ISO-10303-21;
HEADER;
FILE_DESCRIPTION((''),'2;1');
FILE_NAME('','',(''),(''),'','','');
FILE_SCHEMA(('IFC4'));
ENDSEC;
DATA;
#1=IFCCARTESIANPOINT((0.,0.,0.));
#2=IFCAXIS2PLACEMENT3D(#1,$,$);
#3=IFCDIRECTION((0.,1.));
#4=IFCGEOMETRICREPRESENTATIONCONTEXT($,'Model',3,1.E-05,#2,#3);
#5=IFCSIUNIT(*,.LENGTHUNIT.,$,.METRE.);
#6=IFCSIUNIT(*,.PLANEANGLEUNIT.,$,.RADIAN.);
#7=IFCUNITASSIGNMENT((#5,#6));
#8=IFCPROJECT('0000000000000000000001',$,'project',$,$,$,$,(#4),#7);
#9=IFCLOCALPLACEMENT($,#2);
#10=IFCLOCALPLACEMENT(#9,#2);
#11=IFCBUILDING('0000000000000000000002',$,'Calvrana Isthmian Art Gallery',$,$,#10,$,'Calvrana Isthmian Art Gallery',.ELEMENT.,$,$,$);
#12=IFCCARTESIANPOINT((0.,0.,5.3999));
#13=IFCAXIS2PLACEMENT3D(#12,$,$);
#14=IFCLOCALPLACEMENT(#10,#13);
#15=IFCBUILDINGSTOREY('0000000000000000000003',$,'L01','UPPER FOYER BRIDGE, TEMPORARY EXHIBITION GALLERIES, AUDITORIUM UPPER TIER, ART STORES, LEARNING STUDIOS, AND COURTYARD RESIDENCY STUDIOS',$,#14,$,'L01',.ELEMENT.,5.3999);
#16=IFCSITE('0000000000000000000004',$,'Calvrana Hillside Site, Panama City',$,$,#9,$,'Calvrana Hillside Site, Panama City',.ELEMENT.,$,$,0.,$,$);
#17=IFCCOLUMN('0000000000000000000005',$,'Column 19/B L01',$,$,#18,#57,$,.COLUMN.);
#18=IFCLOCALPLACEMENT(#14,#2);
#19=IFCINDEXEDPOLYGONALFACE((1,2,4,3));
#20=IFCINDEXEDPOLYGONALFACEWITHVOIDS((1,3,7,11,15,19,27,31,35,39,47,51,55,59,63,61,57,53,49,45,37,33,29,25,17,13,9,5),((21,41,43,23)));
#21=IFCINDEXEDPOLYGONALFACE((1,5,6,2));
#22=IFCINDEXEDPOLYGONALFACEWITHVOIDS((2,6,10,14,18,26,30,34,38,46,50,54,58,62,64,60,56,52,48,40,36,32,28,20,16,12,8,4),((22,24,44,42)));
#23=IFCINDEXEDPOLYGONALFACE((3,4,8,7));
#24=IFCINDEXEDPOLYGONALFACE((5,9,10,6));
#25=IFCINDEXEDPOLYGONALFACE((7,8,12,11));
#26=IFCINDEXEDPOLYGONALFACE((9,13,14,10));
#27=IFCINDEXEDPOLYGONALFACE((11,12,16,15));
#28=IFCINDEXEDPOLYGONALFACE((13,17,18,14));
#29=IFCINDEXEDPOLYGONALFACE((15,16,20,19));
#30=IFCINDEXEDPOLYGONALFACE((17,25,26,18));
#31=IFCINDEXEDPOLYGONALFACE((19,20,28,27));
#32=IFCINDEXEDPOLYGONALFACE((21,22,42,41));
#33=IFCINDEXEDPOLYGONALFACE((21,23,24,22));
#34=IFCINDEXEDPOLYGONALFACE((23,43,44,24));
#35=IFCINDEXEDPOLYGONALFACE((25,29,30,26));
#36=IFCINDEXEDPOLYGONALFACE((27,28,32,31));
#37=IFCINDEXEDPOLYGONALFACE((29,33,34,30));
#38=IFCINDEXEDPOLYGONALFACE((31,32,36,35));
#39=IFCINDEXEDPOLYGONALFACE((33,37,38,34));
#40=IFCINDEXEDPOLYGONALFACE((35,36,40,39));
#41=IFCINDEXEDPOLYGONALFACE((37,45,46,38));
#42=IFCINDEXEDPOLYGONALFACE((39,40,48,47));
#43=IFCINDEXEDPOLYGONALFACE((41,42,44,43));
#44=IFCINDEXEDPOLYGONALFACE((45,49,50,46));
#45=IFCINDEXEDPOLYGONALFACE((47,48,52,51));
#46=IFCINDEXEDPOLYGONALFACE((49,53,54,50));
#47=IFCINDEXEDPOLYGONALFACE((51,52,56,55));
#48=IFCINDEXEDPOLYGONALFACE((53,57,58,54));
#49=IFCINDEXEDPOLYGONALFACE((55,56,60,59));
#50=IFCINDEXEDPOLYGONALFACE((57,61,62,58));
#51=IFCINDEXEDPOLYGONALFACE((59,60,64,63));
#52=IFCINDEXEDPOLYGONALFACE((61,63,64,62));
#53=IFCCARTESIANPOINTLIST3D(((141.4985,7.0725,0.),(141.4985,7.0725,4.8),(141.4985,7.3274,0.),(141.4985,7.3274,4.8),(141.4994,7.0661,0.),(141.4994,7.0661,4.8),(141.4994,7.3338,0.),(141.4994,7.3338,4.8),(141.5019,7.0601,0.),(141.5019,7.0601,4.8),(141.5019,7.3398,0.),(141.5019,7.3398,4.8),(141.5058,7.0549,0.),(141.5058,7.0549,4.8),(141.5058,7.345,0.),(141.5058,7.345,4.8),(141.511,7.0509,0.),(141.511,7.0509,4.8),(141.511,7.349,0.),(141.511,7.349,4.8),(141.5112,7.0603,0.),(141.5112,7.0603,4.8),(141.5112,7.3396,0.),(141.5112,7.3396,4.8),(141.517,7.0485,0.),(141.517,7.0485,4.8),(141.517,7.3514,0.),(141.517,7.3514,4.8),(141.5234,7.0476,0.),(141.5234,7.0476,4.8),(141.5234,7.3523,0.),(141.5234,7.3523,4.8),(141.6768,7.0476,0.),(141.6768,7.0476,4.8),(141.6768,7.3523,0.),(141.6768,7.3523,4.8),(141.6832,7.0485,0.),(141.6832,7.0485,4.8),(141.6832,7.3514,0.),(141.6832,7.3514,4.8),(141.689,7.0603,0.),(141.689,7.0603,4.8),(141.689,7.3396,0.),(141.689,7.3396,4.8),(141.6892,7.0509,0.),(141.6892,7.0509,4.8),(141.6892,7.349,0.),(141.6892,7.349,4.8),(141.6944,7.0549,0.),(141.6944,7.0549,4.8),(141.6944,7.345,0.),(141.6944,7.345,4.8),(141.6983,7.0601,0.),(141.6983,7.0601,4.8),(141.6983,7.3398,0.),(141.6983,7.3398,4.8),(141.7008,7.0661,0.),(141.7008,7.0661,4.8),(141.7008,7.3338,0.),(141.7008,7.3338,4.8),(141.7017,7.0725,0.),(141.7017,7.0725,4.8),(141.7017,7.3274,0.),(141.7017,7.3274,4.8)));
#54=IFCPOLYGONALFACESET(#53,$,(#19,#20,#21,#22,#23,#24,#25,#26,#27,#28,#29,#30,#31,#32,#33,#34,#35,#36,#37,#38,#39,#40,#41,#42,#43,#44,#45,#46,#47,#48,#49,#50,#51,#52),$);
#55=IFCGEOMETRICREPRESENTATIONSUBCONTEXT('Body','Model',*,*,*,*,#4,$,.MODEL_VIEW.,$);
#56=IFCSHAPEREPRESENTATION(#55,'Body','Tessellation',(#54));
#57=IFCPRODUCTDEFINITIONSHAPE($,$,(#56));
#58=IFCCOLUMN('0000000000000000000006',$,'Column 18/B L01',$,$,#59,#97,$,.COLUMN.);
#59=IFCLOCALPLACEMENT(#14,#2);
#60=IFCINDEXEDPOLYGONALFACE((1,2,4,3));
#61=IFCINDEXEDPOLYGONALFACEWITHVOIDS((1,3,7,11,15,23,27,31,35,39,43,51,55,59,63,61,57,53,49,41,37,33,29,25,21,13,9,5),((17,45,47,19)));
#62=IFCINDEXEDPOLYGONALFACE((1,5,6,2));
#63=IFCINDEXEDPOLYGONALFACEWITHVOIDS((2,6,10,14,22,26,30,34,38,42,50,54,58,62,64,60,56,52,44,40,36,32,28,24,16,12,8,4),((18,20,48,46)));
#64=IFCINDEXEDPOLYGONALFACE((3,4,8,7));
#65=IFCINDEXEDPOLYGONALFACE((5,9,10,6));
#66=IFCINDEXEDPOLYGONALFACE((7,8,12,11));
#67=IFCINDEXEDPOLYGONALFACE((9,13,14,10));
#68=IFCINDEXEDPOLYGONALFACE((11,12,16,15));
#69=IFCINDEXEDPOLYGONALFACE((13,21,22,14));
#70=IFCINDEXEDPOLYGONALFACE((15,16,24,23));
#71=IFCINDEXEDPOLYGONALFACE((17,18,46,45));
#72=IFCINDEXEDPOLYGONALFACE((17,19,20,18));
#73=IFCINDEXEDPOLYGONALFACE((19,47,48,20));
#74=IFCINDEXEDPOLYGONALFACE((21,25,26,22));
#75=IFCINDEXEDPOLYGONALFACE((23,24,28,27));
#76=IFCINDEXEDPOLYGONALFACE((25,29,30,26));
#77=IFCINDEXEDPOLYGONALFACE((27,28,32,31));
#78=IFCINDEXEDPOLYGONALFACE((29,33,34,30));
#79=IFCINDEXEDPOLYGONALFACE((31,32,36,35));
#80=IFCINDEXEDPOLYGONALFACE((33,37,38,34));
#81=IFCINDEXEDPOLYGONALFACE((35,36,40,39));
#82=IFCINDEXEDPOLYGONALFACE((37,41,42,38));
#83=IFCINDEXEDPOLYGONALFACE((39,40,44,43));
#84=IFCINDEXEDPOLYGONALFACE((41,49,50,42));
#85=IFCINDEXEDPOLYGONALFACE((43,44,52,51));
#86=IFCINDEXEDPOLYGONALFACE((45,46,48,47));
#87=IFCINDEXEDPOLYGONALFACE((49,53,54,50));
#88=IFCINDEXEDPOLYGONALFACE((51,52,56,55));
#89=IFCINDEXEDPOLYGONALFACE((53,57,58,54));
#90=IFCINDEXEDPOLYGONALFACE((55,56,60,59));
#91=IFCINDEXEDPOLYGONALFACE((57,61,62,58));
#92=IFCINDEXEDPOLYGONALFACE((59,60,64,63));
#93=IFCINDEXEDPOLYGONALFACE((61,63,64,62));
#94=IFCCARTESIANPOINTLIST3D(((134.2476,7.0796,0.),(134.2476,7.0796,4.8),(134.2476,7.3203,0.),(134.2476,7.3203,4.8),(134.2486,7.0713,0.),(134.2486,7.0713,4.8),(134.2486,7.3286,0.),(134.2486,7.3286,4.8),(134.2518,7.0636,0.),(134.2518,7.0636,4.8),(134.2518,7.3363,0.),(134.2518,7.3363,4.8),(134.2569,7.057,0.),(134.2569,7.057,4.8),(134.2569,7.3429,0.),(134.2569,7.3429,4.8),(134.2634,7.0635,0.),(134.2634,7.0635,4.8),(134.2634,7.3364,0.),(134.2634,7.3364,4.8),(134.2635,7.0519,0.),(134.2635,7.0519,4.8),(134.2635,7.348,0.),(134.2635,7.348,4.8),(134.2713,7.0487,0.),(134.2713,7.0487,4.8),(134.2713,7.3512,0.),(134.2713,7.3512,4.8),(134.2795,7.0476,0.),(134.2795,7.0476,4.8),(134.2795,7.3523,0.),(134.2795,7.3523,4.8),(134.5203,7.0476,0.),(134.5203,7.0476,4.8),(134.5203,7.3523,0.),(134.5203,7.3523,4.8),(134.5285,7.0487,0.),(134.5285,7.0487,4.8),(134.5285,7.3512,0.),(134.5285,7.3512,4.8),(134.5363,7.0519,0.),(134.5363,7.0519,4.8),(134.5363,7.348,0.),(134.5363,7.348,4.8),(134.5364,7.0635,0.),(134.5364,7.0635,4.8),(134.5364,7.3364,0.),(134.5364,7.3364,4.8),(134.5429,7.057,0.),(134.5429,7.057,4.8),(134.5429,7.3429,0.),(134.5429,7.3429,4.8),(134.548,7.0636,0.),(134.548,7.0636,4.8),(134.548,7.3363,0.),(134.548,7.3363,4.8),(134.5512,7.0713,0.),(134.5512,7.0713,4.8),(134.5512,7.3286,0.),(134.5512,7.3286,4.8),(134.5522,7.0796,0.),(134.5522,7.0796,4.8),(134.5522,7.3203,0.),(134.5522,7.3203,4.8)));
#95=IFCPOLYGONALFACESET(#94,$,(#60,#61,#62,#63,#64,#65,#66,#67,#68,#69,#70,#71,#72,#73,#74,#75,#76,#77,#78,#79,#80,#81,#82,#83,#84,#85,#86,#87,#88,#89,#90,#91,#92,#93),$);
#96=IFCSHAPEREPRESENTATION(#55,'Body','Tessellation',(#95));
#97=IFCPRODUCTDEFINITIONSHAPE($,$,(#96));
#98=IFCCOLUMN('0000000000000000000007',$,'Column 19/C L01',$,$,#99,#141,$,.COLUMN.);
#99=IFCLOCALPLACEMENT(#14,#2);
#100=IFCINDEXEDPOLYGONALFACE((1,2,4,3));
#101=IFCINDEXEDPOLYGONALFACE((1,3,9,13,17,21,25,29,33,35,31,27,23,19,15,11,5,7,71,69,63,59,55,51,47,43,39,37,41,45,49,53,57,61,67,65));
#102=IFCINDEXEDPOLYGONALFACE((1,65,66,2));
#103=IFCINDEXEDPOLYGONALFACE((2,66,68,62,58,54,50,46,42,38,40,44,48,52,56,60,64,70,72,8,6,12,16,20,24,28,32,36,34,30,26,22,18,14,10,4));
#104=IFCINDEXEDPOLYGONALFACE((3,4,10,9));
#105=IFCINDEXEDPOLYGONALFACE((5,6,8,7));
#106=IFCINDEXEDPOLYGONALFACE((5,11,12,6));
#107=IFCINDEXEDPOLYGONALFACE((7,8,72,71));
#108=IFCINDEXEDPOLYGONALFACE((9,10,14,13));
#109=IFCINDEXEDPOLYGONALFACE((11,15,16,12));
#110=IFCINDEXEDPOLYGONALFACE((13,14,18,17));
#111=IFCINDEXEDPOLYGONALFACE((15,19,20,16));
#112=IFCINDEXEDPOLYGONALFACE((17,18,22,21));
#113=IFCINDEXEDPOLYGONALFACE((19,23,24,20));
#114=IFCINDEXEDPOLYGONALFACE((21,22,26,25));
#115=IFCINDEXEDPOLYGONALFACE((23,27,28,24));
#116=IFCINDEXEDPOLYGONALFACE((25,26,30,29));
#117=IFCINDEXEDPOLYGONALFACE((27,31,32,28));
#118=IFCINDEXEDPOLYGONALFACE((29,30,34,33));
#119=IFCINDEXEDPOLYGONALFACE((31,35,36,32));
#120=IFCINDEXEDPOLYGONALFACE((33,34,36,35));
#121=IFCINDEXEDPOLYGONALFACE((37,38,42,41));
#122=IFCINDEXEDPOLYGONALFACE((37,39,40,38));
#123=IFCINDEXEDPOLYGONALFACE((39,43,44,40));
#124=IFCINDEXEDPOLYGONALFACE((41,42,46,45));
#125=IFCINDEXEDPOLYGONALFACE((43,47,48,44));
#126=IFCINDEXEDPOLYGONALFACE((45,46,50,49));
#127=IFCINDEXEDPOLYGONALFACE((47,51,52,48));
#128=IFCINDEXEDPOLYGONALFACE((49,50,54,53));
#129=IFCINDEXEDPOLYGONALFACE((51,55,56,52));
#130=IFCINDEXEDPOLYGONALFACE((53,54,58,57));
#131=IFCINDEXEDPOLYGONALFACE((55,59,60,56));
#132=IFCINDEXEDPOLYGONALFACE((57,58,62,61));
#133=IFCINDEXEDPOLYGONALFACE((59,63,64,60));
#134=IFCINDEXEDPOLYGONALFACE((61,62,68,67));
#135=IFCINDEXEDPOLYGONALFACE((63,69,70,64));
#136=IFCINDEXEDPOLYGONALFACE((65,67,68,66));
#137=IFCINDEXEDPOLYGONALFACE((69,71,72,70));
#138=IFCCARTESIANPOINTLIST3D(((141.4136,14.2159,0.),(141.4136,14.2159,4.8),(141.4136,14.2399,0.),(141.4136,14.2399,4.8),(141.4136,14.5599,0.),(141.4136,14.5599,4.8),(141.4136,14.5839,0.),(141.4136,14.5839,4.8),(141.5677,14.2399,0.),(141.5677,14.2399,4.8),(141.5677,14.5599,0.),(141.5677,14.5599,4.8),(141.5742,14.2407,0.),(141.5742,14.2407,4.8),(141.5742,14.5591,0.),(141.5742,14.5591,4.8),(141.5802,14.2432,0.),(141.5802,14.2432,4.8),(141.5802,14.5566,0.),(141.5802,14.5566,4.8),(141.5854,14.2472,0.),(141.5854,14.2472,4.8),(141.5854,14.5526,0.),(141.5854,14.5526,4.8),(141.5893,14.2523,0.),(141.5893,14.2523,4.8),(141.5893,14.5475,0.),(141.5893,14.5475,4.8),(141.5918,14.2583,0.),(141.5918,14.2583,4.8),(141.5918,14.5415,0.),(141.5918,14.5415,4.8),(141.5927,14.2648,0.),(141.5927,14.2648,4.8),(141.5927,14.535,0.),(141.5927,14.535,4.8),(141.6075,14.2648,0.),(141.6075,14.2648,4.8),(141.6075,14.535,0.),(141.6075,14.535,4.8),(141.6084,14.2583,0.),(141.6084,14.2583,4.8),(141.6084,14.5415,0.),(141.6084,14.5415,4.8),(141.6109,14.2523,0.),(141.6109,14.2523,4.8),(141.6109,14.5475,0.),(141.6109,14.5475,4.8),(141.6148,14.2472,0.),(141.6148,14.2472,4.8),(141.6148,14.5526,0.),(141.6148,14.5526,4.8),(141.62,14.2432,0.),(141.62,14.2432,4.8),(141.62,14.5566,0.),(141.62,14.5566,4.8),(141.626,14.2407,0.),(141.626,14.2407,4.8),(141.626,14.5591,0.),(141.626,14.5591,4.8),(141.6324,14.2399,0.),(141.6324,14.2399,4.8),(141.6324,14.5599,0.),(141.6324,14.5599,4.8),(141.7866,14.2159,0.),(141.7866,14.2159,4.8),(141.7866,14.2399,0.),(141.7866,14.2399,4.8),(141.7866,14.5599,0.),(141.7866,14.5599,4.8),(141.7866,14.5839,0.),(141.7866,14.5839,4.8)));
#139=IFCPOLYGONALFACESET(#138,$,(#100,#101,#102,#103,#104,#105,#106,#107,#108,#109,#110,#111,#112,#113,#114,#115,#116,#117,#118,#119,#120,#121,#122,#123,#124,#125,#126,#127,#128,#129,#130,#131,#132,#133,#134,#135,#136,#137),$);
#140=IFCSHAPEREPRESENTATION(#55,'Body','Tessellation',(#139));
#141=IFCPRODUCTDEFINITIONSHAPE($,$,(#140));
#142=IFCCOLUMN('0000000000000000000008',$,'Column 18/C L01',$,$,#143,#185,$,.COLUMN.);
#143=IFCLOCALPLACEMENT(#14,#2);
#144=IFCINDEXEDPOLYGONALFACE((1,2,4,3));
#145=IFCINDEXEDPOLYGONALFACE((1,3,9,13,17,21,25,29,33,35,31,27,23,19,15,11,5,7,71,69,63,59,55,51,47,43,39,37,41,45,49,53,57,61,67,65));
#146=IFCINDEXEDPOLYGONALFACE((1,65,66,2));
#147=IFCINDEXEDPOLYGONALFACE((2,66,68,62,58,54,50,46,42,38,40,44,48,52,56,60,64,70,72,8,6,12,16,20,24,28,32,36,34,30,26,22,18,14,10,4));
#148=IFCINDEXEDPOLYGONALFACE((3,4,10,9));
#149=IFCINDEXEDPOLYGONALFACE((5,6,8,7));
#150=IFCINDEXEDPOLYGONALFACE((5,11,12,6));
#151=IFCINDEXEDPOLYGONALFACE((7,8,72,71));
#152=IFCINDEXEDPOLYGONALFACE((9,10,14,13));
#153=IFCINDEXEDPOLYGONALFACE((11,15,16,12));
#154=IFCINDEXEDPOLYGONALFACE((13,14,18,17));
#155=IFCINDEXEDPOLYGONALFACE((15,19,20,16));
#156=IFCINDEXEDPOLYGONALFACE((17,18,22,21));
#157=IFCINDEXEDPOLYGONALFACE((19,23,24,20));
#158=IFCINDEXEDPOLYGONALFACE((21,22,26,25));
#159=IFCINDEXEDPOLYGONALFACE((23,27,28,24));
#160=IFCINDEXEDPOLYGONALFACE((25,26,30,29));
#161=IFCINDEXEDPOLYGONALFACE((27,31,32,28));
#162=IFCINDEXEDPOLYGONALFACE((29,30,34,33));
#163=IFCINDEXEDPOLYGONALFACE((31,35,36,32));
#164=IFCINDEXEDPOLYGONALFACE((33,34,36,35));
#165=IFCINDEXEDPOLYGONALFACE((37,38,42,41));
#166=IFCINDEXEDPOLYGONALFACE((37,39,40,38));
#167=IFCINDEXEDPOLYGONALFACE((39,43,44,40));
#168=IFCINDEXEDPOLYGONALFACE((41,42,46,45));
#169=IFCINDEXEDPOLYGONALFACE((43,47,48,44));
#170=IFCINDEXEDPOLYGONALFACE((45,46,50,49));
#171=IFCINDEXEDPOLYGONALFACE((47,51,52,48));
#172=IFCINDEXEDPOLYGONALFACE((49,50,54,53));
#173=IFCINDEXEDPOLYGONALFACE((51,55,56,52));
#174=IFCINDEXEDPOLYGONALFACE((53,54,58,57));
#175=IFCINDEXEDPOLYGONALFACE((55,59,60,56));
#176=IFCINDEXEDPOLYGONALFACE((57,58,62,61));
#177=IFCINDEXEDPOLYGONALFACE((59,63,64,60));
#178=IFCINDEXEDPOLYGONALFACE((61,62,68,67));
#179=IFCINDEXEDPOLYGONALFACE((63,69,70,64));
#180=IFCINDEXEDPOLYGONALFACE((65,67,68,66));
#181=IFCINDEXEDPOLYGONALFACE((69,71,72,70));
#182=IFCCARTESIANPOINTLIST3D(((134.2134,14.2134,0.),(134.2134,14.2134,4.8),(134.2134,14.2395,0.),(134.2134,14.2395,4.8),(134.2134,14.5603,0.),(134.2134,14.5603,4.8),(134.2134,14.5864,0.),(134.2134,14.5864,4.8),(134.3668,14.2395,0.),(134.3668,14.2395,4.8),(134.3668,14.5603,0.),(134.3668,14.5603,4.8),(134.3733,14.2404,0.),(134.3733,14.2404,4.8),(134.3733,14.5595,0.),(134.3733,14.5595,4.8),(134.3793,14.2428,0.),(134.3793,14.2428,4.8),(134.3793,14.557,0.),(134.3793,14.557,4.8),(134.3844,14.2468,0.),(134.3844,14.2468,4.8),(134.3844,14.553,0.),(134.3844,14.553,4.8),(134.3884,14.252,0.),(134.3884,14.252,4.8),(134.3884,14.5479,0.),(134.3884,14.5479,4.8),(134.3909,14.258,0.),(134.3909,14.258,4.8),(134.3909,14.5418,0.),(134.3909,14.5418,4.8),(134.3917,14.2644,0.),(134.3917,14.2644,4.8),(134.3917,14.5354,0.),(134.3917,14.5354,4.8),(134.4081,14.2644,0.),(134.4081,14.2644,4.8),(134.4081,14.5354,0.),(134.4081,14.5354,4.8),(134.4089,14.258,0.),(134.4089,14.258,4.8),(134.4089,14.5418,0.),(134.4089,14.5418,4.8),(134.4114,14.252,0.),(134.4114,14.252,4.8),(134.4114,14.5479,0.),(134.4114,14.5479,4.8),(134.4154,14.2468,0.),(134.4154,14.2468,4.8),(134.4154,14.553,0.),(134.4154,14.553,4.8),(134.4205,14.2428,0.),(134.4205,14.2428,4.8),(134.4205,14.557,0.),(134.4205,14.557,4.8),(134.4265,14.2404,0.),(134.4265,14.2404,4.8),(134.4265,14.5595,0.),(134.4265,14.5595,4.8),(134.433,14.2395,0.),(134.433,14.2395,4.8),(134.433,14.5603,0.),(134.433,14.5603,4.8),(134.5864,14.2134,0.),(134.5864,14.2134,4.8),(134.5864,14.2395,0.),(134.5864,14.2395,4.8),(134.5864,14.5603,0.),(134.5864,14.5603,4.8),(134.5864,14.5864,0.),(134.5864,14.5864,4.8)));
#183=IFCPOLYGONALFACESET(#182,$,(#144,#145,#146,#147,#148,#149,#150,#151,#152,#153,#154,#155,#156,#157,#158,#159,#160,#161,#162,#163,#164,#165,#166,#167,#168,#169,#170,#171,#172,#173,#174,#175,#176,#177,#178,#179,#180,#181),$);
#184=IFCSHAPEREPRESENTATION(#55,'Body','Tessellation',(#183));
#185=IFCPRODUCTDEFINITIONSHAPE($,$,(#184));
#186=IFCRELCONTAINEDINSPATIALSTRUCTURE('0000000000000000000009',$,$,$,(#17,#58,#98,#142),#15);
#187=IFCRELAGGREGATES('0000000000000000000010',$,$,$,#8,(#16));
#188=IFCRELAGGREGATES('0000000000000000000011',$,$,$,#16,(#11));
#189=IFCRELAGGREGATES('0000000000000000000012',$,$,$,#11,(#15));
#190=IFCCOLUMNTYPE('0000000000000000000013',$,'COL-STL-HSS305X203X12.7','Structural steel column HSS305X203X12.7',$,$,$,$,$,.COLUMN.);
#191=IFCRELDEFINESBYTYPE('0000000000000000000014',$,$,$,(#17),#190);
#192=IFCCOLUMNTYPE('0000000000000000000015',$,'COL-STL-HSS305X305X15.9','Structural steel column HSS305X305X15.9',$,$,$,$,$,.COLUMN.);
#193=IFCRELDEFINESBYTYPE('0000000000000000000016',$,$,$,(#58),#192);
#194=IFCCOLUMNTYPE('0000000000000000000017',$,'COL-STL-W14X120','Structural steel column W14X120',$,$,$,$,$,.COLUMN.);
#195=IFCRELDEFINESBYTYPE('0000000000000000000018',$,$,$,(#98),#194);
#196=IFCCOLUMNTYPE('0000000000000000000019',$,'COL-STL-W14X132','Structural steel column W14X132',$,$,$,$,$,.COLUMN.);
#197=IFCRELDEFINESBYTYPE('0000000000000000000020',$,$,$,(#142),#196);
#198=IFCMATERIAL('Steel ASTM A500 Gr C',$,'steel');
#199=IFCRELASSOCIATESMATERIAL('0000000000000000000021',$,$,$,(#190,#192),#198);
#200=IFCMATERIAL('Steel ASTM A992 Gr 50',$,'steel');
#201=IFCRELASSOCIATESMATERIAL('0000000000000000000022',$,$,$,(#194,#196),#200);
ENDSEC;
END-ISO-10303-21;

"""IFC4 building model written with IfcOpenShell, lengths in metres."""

from ifc_helpers import new_model, si_unit, direction, frame, origin, origin_2d, place, context, subcontext, project, spatial, hollow_rectangle, i_section, extrude, material, material_profile, profile_set, type_object, element, save


model = new_model("IFC4")

# Units and contexts
model_context = context("Model", 3, precision=1e-05, world=origin(), true_north=direction((0.0, 1.0)))
body_context = subcontext(model_context, "Body", "Model", "MODEL_VIEW")
ifc_project = project(units=[si_unit("LENGTHUNIT", "METRE"), si_unit("PLANEANGLEUNIT", "RADIAN")], contexts=[model_context])

# Site, building, storey
site_placement = place(None, origin())
site = spatial("IfcSite", under=ifc_project, at=site_placement, Name="Calvrana Hillside Site, Panama City", LongName="Calvrana Hillside Site, Panama City", CompositionType="ELEMENT", RefElevation=0.0)
building_placement = place(site_placement, origin())
building = spatial("IfcBuilding", under=site, at=building_placement, Name="Calvrana Isthmian Art Gallery", LongName="Calvrana Isthmian Art Gallery", CompositionType="ELEMENT")
storey_placement = place(building_placement, frame((0.0, 0.0, 5.3999)))
storey = spatial("IfcBuildingStorey", under=building, at=storey_placement, Name="L01", Description="UPPER FOYER BRIDGE, TEMPORARY EXHIBITION GALLERIES, AUDITORIUM UPPER TIER, ART STORES, LEARNING STUDIOS, AND COURTYARD RESIDENCY STUDIOS", LongName="L01", CompositionType="ELEMENT", Elevation=5.3999)

# Columns
ifc_material_1 = material(Name="Steel ASTM A500 Gr C", Category="steel")
ifc_material_profile_1 = material_profile(ifc_material_1, hollow_rectangle(XDim=0.2031, YDim=0.3047, WallThickness=0.0127, OuterFilletRadius=0.0249, at=origin_2d()), Name="HSS305X203X12.7")
ifc_profile_set_1 = profile_set([ifc_material_profile_1], Name="Steel ASTM A500 Gr C")
column_type_1 = type_object("IfcColumnType", Name="COL-STL-HSS305X203X12.7", Description="Structural steel column HSS305X203X12.7", PredefinedType="COLUMN", material=ifc_profile_set_1)
column_1_placement = place(storey_placement, frame((141.6001, 7.2, 0.0), z_axis=(0.0, 0.0, 1.0), x_axis=(1.0, 0.0, 0.0)))
element("IfcColumn", 1, at=column_1_placement, inside=storey, type_object=column_type_1, Name="Column 19/B L01", PredefinedType="COLUMN", context=body_context, shape_type="SweptSolid", body=[
    extrude(hollow_rectangle(XDim=0.2031, YDim=0.3047, WallThickness=0.0127, OuterFilletRadius=0.0249, at=origin_2d()), origin(), (0.0, 0.0, 1.0), 4.8),
])
ifc_material_profile_2 = material_profile(ifc_material_1, hollow_rectangle(XDim=0.3047, YDim=0.3047, WallThickness=0.0159, OuterFilletRadius=0.032, at=origin_2d()), Name="HSS305X305X15.9")
ifc_profile_set_2 = profile_set([ifc_material_profile_2], Name="Steel ASTM A500 Gr C")
column_type_2 = type_object("IfcColumnType", Name="COL-STL-HSS305X305X15.9", Description="Structural steel column HSS305X305X15.9", PredefinedType="COLUMN", material=ifc_profile_set_2)
column_2_placement = place(storey_placement, frame((134.3999, 7.2, 0.0), z_axis=(0.0, 0.0, 1.0), x_axis=(1.0, 0.0, 0.0)))
element("IfcColumn", 2, at=column_2_placement, inside=storey, type_object=column_type_2, Name="Column 18/B L01", PredefinedType="COLUMN", context=body_context, shape_type="SweptSolid", body=[
    extrude(hollow_rectangle(XDim=0.3047, YDim=0.3047, WallThickness=0.0159, OuterFilletRadius=0.032, at=origin_2d()), origin(), (0.0, 0.0, 1.0), 4.8),
])
ifc_material_2 = material(Name="Steel ASTM A992 Gr 50", Category="steel")
ifc_material_profile_3 = material_profile(ifc_material_2, i_section(OverallWidth=0.373, OverallDepth=0.3679, WebThickness=0.0149, FlangeThickness=0.0239, FilletRadius=0.0249, at=origin_2d()), Name="W14X120")
ifc_profile_set_3 = profile_set([ifc_material_profile_3], Name="Steel ASTM A992 Gr 50")
column_type_3 = type_object("IfcColumnType", Name="COL-STL-W14X120", Description="Structural steel column W14X120", PredefinedType="COLUMN", material=ifc_profile_set_3)
column_3_placement = place(storey_placement, frame((141.6001, 14.3999, 0.0), z_axis=(0.0, 0.0, 1.0), x_axis=(1.0, 0.0, 0.0)))
element("IfcColumn", 3, at=column_3_placement, inside=storey, type_object=column_type_3, Name="Column 19/C L01", PredefinedType="COLUMN", context=body_context, shape_type="SweptSolid", body=[
    extrude(i_section(OverallWidth=0.373, OverallDepth=0.3679, WebThickness=0.0149, FlangeThickness=0.0239, FilletRadius=0.0249, at=origin_2d()), origin(), (0.0, 0.0, 1.0), 4.8),
])
ifc_material_profile_4 = material_profile(ifc_material_2, i_section(OverallWidth=0.373, OverallDepth=0.373, WebThickness=0.0164, FlangeThickness=0.0261, FilletRadius=0.0249, at=origin_2d()), Name="W14X132")
ifc_profile_set_4 = profile_set([ifc_material_profile_4], Name="Steel ASTM A992 Gr 50")
column_type_4 = type_object("IfcColumnType", Name="COL-STL-W14X132", Description="Structural steel column W14X132", PredefinedType="COLUMN", material=ifc_profile_set_4)
for number, where, z_axis, x_axis, name in (
    (4, (134.3999, 14.3999, 0.0), (0.0, 0.0, 1.0), (1.0, 0.0, 0.0), "Column 18/C L01"),
):
    element("IfcColumn", number, at=place(storey_placement, frame(where, z_axis=z_axis, x_axis=x_axis)), inside=storey, type_object=column_type_4, Name=name, PredefinedType="COLUMN", context=body_context, shape_type="SweptSolid", body=[
        extrude(i_section(OverallWidth=0.373, OverallDepth=0.373, WebThickness=0.0164, FlangeThickness=0.0261, FilletRadius=0.0249, at=origin_2d()), origin(), (0.0, 0.0, 1.0), 4.8),
    ])

save(model, "model.ifc")
